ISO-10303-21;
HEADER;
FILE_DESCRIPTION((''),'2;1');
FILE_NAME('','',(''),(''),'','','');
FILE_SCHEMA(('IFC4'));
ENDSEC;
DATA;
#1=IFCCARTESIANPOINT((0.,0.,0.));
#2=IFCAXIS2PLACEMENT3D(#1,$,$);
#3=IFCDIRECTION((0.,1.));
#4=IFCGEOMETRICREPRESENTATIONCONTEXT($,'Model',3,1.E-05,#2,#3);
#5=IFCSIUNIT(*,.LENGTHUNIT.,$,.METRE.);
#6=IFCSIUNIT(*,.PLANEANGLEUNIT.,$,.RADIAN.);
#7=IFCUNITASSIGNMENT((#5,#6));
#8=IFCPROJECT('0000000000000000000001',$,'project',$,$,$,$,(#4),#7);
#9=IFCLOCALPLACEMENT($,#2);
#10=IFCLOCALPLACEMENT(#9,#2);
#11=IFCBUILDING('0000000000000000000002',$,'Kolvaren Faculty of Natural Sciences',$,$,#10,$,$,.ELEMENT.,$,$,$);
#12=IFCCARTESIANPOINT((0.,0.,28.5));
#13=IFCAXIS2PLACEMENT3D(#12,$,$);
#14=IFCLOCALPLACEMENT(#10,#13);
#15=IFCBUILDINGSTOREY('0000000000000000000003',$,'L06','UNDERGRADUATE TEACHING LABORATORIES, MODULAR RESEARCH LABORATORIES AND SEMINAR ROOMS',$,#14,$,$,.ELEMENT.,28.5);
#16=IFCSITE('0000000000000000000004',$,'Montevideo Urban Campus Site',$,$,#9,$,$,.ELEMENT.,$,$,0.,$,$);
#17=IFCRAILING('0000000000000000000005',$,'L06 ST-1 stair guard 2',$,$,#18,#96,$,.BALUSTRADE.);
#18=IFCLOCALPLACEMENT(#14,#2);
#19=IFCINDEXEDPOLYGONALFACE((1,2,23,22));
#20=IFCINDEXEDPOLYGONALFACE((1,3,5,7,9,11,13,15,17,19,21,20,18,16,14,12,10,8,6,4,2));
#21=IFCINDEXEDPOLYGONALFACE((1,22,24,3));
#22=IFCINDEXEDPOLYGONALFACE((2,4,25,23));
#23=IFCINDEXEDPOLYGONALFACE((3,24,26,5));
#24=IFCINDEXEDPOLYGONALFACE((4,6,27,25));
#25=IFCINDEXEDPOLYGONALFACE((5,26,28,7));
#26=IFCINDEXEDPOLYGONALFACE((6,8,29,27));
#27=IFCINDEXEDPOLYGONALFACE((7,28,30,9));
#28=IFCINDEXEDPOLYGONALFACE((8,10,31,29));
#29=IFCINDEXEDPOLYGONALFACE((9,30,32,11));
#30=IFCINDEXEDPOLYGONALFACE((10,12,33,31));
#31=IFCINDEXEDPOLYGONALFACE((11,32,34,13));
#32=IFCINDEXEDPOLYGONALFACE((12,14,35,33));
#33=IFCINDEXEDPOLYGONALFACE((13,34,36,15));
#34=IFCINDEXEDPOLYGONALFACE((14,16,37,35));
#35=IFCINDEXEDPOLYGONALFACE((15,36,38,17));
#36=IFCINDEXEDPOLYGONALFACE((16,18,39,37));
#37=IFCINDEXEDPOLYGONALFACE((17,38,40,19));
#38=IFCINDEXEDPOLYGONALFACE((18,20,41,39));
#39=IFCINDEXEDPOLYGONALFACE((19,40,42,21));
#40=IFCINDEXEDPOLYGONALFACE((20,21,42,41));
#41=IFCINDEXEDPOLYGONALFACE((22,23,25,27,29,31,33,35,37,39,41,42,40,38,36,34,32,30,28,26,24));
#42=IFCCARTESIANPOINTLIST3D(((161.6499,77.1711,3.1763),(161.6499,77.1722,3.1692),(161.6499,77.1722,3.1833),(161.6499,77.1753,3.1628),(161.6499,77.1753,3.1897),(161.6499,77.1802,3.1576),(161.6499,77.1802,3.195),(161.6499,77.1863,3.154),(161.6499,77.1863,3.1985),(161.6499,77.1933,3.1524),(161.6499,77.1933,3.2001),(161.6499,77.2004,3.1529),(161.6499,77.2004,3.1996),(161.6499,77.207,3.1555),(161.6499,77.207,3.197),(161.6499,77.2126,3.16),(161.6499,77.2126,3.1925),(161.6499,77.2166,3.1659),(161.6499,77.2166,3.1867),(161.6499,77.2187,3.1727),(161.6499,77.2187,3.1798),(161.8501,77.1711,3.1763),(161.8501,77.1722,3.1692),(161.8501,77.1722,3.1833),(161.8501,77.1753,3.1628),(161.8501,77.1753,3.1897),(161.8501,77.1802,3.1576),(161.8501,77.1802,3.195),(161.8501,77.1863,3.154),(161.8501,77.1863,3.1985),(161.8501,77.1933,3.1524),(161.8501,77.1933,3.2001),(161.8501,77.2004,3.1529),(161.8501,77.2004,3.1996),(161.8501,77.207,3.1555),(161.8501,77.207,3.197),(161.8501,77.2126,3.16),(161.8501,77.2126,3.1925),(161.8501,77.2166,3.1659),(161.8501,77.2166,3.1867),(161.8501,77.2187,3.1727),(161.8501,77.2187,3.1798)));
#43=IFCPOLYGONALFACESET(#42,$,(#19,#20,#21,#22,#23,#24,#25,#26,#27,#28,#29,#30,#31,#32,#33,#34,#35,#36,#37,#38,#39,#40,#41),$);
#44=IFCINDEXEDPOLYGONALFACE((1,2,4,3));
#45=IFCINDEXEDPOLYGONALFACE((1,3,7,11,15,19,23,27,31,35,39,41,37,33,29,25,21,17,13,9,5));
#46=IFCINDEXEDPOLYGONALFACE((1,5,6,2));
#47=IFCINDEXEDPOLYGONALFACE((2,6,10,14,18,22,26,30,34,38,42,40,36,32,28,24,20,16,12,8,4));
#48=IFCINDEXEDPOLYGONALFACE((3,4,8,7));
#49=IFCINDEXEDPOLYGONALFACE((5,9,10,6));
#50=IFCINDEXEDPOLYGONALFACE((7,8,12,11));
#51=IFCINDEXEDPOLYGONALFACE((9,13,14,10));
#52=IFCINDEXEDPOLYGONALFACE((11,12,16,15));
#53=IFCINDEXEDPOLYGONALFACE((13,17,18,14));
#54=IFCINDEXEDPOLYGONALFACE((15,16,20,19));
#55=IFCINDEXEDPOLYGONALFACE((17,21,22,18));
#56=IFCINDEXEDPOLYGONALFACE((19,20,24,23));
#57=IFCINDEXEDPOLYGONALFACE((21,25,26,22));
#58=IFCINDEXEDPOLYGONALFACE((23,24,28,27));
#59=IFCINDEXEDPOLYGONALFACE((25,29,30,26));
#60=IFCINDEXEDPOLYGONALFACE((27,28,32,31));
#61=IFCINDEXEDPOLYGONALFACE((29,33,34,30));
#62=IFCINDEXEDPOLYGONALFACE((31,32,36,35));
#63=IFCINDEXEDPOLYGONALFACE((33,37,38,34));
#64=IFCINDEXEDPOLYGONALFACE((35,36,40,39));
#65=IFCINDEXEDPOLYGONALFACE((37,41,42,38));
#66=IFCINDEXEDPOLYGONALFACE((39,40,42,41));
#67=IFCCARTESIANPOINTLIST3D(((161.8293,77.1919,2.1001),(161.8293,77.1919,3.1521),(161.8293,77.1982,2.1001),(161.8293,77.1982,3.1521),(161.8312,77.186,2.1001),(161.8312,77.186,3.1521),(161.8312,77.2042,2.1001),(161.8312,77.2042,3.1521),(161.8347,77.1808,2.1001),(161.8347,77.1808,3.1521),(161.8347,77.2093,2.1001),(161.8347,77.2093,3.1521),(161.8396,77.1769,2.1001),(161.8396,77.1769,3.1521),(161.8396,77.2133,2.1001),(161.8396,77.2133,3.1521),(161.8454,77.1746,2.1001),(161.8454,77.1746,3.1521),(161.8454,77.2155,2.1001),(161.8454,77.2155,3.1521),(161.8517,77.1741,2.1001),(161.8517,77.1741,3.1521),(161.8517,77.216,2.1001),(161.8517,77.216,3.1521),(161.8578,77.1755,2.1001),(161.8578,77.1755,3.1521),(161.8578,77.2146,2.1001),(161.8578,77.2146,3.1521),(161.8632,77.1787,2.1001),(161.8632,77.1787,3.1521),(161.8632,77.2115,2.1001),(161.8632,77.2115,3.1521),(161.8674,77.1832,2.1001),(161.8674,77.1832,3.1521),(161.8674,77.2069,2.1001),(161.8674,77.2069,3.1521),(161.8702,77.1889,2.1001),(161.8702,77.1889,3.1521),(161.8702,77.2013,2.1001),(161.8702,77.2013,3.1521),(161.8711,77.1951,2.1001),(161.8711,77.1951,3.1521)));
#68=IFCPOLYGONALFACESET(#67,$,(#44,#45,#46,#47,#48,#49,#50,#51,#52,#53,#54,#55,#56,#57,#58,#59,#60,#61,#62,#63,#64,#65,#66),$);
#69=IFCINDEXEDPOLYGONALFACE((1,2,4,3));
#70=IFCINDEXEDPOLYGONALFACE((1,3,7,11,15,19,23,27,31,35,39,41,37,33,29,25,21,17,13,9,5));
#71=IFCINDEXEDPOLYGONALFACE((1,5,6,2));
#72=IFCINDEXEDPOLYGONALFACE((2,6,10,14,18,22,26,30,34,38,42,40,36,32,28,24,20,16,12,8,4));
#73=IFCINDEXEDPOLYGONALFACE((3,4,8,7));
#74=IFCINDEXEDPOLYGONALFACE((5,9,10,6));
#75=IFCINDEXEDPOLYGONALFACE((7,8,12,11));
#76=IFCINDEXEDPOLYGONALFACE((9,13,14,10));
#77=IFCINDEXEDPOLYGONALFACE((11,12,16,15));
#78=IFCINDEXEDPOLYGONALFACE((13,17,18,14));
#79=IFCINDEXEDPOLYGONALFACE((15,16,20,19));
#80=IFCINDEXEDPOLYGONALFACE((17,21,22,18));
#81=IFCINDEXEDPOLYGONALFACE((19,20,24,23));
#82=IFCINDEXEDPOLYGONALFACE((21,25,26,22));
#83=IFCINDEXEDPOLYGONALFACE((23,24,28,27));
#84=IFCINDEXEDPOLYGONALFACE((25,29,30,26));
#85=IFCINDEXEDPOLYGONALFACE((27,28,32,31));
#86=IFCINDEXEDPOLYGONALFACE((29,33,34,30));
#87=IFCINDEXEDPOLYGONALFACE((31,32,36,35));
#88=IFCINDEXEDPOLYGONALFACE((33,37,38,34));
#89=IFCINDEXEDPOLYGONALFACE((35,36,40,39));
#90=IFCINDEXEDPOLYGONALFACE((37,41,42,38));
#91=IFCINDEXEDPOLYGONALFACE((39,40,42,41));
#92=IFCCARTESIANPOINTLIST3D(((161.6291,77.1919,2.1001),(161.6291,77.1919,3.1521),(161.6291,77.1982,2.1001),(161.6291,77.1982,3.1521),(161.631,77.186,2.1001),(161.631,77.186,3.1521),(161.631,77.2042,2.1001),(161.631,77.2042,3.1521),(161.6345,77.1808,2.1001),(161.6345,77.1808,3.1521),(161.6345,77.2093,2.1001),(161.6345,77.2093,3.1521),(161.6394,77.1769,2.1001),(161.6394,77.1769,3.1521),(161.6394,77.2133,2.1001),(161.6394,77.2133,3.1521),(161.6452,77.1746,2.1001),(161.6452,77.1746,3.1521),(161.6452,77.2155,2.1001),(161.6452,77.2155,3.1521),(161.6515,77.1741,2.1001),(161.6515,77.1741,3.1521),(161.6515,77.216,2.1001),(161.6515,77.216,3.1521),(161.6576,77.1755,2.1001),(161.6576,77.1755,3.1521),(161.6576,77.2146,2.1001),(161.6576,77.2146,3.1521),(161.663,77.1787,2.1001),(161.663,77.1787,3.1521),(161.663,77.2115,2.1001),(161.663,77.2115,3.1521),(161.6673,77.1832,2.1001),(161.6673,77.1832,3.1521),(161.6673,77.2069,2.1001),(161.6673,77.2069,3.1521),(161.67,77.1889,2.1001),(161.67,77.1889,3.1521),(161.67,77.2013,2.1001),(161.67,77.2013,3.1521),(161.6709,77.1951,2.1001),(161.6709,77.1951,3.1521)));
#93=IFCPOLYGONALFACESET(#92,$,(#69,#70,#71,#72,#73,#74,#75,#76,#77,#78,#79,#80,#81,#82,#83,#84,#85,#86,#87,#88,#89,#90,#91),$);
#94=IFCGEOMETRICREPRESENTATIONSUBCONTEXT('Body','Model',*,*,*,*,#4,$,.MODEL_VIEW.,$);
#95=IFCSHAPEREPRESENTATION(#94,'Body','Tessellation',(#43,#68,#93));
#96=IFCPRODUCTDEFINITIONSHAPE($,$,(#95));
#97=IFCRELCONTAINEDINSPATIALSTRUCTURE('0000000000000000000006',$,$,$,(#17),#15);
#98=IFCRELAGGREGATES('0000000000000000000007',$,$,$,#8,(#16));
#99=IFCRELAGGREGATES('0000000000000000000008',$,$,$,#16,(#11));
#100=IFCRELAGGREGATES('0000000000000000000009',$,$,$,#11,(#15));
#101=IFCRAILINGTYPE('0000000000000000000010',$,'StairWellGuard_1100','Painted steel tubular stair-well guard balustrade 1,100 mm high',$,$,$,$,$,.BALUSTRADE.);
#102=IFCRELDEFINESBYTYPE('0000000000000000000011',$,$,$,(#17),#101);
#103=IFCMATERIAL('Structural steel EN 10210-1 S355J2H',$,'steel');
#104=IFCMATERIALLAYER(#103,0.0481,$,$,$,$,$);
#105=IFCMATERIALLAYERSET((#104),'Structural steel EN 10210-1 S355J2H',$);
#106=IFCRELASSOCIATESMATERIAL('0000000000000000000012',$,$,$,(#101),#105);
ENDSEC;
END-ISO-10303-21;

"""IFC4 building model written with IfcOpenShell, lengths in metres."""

from ifc_helpers import new_model, si_unit, direction, frame, origin, origin_2d, place, context, subcontext, project, spatial, circle, extrude, material, layer, layer_set, type_object, element, save


model = new_model("IFC4")

# Units and contexts
model_context = context("Model", 3, precision=1e-05, world=origin(), true_north=direction((0.0, 1.0)))
body_context = subcontext(model_context, "Body", "Model", "MODEL_VIEW")
ifc_project = project(units=[si_unit("LENGTHUNIT", "METRE"), si_unit("PLANEANGLEUNIT", "RADIAN")], contexts=[model_context])

# Site, building, storey
site_placement = place(None, origin())
site = spatial("IfcSite", under=ifc_project, at=site_placement, Name="Montevideo Urban Campus Site", CompositionType="ELEMENT", RefElevation=0.0)
building_placement = place(site_placement, origin())
building = spatial("IfcBuilding", under=site, at=building_placement, Name="Kolvaren Faculty of Natural Sciences", CompositionType="ELEMENT")
storey_placement = place(building_placement, frame((0.0, 0.0, 28.5)))
storey = spatial("IfcBuildingStorey", under=building, at=storey_placement, Name="L06", Description="UNDERGRADUATE TEACHING LABORATORIES, MODULAR RESEARCH LABORATORIES AND SEMINAR ROOMS", CompositionType="ELEMENT", Elevation=28.5)

# Railing
ifc_material_1 = material(Name="Structural steel EN 10210-1 S355J2H", Category="steel")
ifc_layer_1 = layer(ifc_material_1, 0.0481)
ifc_layer_set_1 = layer_set([ifc_layer_1], Name="Structural steel EN 10210-1 S355J2H")
railing_type_1 = type_object("IfcRailingType", Name="StairWellGuard_1100", Description="Painted steel tubular stair-well guard balustrade 1,100 mm high", PredefinedType="BALUSTRADE", material=ifc_layer_set_1)
railing_1_placement = place(storey_placement, frame((161.8501, 77.1951, 2.1001)))
element("IfcRailing", 1, at=railing_1_placement, inside=storey, type_object=railing_type_1, Name="L06 ST-1 stair guard 2", PredefinedType="BALUSTRADE", context=body_context, shape_type="SweptSolid", body=[
    extrude(circle(Radius=0.0239, at=origin_2d()), frame((0.0, 0.0, 1.0762), z_axis=(-1.0, 0.0, 0.0), x_axis=(0.0, -1.0, 0.0)), (0.0, 0.0, 1.0), 0.2002),
    extrude(circle(Radius=0.021, at=origin_2d()), origin(), (0.0, 0.0, 1.0), 1.052),
    extrude(circle(Radius=0.021, at=origin_2d()), frame((-0.2002, 0.0, 0.0)), (0.0, 0.0, 1.0), 1.052),
])

save(model, "model.ifc")
